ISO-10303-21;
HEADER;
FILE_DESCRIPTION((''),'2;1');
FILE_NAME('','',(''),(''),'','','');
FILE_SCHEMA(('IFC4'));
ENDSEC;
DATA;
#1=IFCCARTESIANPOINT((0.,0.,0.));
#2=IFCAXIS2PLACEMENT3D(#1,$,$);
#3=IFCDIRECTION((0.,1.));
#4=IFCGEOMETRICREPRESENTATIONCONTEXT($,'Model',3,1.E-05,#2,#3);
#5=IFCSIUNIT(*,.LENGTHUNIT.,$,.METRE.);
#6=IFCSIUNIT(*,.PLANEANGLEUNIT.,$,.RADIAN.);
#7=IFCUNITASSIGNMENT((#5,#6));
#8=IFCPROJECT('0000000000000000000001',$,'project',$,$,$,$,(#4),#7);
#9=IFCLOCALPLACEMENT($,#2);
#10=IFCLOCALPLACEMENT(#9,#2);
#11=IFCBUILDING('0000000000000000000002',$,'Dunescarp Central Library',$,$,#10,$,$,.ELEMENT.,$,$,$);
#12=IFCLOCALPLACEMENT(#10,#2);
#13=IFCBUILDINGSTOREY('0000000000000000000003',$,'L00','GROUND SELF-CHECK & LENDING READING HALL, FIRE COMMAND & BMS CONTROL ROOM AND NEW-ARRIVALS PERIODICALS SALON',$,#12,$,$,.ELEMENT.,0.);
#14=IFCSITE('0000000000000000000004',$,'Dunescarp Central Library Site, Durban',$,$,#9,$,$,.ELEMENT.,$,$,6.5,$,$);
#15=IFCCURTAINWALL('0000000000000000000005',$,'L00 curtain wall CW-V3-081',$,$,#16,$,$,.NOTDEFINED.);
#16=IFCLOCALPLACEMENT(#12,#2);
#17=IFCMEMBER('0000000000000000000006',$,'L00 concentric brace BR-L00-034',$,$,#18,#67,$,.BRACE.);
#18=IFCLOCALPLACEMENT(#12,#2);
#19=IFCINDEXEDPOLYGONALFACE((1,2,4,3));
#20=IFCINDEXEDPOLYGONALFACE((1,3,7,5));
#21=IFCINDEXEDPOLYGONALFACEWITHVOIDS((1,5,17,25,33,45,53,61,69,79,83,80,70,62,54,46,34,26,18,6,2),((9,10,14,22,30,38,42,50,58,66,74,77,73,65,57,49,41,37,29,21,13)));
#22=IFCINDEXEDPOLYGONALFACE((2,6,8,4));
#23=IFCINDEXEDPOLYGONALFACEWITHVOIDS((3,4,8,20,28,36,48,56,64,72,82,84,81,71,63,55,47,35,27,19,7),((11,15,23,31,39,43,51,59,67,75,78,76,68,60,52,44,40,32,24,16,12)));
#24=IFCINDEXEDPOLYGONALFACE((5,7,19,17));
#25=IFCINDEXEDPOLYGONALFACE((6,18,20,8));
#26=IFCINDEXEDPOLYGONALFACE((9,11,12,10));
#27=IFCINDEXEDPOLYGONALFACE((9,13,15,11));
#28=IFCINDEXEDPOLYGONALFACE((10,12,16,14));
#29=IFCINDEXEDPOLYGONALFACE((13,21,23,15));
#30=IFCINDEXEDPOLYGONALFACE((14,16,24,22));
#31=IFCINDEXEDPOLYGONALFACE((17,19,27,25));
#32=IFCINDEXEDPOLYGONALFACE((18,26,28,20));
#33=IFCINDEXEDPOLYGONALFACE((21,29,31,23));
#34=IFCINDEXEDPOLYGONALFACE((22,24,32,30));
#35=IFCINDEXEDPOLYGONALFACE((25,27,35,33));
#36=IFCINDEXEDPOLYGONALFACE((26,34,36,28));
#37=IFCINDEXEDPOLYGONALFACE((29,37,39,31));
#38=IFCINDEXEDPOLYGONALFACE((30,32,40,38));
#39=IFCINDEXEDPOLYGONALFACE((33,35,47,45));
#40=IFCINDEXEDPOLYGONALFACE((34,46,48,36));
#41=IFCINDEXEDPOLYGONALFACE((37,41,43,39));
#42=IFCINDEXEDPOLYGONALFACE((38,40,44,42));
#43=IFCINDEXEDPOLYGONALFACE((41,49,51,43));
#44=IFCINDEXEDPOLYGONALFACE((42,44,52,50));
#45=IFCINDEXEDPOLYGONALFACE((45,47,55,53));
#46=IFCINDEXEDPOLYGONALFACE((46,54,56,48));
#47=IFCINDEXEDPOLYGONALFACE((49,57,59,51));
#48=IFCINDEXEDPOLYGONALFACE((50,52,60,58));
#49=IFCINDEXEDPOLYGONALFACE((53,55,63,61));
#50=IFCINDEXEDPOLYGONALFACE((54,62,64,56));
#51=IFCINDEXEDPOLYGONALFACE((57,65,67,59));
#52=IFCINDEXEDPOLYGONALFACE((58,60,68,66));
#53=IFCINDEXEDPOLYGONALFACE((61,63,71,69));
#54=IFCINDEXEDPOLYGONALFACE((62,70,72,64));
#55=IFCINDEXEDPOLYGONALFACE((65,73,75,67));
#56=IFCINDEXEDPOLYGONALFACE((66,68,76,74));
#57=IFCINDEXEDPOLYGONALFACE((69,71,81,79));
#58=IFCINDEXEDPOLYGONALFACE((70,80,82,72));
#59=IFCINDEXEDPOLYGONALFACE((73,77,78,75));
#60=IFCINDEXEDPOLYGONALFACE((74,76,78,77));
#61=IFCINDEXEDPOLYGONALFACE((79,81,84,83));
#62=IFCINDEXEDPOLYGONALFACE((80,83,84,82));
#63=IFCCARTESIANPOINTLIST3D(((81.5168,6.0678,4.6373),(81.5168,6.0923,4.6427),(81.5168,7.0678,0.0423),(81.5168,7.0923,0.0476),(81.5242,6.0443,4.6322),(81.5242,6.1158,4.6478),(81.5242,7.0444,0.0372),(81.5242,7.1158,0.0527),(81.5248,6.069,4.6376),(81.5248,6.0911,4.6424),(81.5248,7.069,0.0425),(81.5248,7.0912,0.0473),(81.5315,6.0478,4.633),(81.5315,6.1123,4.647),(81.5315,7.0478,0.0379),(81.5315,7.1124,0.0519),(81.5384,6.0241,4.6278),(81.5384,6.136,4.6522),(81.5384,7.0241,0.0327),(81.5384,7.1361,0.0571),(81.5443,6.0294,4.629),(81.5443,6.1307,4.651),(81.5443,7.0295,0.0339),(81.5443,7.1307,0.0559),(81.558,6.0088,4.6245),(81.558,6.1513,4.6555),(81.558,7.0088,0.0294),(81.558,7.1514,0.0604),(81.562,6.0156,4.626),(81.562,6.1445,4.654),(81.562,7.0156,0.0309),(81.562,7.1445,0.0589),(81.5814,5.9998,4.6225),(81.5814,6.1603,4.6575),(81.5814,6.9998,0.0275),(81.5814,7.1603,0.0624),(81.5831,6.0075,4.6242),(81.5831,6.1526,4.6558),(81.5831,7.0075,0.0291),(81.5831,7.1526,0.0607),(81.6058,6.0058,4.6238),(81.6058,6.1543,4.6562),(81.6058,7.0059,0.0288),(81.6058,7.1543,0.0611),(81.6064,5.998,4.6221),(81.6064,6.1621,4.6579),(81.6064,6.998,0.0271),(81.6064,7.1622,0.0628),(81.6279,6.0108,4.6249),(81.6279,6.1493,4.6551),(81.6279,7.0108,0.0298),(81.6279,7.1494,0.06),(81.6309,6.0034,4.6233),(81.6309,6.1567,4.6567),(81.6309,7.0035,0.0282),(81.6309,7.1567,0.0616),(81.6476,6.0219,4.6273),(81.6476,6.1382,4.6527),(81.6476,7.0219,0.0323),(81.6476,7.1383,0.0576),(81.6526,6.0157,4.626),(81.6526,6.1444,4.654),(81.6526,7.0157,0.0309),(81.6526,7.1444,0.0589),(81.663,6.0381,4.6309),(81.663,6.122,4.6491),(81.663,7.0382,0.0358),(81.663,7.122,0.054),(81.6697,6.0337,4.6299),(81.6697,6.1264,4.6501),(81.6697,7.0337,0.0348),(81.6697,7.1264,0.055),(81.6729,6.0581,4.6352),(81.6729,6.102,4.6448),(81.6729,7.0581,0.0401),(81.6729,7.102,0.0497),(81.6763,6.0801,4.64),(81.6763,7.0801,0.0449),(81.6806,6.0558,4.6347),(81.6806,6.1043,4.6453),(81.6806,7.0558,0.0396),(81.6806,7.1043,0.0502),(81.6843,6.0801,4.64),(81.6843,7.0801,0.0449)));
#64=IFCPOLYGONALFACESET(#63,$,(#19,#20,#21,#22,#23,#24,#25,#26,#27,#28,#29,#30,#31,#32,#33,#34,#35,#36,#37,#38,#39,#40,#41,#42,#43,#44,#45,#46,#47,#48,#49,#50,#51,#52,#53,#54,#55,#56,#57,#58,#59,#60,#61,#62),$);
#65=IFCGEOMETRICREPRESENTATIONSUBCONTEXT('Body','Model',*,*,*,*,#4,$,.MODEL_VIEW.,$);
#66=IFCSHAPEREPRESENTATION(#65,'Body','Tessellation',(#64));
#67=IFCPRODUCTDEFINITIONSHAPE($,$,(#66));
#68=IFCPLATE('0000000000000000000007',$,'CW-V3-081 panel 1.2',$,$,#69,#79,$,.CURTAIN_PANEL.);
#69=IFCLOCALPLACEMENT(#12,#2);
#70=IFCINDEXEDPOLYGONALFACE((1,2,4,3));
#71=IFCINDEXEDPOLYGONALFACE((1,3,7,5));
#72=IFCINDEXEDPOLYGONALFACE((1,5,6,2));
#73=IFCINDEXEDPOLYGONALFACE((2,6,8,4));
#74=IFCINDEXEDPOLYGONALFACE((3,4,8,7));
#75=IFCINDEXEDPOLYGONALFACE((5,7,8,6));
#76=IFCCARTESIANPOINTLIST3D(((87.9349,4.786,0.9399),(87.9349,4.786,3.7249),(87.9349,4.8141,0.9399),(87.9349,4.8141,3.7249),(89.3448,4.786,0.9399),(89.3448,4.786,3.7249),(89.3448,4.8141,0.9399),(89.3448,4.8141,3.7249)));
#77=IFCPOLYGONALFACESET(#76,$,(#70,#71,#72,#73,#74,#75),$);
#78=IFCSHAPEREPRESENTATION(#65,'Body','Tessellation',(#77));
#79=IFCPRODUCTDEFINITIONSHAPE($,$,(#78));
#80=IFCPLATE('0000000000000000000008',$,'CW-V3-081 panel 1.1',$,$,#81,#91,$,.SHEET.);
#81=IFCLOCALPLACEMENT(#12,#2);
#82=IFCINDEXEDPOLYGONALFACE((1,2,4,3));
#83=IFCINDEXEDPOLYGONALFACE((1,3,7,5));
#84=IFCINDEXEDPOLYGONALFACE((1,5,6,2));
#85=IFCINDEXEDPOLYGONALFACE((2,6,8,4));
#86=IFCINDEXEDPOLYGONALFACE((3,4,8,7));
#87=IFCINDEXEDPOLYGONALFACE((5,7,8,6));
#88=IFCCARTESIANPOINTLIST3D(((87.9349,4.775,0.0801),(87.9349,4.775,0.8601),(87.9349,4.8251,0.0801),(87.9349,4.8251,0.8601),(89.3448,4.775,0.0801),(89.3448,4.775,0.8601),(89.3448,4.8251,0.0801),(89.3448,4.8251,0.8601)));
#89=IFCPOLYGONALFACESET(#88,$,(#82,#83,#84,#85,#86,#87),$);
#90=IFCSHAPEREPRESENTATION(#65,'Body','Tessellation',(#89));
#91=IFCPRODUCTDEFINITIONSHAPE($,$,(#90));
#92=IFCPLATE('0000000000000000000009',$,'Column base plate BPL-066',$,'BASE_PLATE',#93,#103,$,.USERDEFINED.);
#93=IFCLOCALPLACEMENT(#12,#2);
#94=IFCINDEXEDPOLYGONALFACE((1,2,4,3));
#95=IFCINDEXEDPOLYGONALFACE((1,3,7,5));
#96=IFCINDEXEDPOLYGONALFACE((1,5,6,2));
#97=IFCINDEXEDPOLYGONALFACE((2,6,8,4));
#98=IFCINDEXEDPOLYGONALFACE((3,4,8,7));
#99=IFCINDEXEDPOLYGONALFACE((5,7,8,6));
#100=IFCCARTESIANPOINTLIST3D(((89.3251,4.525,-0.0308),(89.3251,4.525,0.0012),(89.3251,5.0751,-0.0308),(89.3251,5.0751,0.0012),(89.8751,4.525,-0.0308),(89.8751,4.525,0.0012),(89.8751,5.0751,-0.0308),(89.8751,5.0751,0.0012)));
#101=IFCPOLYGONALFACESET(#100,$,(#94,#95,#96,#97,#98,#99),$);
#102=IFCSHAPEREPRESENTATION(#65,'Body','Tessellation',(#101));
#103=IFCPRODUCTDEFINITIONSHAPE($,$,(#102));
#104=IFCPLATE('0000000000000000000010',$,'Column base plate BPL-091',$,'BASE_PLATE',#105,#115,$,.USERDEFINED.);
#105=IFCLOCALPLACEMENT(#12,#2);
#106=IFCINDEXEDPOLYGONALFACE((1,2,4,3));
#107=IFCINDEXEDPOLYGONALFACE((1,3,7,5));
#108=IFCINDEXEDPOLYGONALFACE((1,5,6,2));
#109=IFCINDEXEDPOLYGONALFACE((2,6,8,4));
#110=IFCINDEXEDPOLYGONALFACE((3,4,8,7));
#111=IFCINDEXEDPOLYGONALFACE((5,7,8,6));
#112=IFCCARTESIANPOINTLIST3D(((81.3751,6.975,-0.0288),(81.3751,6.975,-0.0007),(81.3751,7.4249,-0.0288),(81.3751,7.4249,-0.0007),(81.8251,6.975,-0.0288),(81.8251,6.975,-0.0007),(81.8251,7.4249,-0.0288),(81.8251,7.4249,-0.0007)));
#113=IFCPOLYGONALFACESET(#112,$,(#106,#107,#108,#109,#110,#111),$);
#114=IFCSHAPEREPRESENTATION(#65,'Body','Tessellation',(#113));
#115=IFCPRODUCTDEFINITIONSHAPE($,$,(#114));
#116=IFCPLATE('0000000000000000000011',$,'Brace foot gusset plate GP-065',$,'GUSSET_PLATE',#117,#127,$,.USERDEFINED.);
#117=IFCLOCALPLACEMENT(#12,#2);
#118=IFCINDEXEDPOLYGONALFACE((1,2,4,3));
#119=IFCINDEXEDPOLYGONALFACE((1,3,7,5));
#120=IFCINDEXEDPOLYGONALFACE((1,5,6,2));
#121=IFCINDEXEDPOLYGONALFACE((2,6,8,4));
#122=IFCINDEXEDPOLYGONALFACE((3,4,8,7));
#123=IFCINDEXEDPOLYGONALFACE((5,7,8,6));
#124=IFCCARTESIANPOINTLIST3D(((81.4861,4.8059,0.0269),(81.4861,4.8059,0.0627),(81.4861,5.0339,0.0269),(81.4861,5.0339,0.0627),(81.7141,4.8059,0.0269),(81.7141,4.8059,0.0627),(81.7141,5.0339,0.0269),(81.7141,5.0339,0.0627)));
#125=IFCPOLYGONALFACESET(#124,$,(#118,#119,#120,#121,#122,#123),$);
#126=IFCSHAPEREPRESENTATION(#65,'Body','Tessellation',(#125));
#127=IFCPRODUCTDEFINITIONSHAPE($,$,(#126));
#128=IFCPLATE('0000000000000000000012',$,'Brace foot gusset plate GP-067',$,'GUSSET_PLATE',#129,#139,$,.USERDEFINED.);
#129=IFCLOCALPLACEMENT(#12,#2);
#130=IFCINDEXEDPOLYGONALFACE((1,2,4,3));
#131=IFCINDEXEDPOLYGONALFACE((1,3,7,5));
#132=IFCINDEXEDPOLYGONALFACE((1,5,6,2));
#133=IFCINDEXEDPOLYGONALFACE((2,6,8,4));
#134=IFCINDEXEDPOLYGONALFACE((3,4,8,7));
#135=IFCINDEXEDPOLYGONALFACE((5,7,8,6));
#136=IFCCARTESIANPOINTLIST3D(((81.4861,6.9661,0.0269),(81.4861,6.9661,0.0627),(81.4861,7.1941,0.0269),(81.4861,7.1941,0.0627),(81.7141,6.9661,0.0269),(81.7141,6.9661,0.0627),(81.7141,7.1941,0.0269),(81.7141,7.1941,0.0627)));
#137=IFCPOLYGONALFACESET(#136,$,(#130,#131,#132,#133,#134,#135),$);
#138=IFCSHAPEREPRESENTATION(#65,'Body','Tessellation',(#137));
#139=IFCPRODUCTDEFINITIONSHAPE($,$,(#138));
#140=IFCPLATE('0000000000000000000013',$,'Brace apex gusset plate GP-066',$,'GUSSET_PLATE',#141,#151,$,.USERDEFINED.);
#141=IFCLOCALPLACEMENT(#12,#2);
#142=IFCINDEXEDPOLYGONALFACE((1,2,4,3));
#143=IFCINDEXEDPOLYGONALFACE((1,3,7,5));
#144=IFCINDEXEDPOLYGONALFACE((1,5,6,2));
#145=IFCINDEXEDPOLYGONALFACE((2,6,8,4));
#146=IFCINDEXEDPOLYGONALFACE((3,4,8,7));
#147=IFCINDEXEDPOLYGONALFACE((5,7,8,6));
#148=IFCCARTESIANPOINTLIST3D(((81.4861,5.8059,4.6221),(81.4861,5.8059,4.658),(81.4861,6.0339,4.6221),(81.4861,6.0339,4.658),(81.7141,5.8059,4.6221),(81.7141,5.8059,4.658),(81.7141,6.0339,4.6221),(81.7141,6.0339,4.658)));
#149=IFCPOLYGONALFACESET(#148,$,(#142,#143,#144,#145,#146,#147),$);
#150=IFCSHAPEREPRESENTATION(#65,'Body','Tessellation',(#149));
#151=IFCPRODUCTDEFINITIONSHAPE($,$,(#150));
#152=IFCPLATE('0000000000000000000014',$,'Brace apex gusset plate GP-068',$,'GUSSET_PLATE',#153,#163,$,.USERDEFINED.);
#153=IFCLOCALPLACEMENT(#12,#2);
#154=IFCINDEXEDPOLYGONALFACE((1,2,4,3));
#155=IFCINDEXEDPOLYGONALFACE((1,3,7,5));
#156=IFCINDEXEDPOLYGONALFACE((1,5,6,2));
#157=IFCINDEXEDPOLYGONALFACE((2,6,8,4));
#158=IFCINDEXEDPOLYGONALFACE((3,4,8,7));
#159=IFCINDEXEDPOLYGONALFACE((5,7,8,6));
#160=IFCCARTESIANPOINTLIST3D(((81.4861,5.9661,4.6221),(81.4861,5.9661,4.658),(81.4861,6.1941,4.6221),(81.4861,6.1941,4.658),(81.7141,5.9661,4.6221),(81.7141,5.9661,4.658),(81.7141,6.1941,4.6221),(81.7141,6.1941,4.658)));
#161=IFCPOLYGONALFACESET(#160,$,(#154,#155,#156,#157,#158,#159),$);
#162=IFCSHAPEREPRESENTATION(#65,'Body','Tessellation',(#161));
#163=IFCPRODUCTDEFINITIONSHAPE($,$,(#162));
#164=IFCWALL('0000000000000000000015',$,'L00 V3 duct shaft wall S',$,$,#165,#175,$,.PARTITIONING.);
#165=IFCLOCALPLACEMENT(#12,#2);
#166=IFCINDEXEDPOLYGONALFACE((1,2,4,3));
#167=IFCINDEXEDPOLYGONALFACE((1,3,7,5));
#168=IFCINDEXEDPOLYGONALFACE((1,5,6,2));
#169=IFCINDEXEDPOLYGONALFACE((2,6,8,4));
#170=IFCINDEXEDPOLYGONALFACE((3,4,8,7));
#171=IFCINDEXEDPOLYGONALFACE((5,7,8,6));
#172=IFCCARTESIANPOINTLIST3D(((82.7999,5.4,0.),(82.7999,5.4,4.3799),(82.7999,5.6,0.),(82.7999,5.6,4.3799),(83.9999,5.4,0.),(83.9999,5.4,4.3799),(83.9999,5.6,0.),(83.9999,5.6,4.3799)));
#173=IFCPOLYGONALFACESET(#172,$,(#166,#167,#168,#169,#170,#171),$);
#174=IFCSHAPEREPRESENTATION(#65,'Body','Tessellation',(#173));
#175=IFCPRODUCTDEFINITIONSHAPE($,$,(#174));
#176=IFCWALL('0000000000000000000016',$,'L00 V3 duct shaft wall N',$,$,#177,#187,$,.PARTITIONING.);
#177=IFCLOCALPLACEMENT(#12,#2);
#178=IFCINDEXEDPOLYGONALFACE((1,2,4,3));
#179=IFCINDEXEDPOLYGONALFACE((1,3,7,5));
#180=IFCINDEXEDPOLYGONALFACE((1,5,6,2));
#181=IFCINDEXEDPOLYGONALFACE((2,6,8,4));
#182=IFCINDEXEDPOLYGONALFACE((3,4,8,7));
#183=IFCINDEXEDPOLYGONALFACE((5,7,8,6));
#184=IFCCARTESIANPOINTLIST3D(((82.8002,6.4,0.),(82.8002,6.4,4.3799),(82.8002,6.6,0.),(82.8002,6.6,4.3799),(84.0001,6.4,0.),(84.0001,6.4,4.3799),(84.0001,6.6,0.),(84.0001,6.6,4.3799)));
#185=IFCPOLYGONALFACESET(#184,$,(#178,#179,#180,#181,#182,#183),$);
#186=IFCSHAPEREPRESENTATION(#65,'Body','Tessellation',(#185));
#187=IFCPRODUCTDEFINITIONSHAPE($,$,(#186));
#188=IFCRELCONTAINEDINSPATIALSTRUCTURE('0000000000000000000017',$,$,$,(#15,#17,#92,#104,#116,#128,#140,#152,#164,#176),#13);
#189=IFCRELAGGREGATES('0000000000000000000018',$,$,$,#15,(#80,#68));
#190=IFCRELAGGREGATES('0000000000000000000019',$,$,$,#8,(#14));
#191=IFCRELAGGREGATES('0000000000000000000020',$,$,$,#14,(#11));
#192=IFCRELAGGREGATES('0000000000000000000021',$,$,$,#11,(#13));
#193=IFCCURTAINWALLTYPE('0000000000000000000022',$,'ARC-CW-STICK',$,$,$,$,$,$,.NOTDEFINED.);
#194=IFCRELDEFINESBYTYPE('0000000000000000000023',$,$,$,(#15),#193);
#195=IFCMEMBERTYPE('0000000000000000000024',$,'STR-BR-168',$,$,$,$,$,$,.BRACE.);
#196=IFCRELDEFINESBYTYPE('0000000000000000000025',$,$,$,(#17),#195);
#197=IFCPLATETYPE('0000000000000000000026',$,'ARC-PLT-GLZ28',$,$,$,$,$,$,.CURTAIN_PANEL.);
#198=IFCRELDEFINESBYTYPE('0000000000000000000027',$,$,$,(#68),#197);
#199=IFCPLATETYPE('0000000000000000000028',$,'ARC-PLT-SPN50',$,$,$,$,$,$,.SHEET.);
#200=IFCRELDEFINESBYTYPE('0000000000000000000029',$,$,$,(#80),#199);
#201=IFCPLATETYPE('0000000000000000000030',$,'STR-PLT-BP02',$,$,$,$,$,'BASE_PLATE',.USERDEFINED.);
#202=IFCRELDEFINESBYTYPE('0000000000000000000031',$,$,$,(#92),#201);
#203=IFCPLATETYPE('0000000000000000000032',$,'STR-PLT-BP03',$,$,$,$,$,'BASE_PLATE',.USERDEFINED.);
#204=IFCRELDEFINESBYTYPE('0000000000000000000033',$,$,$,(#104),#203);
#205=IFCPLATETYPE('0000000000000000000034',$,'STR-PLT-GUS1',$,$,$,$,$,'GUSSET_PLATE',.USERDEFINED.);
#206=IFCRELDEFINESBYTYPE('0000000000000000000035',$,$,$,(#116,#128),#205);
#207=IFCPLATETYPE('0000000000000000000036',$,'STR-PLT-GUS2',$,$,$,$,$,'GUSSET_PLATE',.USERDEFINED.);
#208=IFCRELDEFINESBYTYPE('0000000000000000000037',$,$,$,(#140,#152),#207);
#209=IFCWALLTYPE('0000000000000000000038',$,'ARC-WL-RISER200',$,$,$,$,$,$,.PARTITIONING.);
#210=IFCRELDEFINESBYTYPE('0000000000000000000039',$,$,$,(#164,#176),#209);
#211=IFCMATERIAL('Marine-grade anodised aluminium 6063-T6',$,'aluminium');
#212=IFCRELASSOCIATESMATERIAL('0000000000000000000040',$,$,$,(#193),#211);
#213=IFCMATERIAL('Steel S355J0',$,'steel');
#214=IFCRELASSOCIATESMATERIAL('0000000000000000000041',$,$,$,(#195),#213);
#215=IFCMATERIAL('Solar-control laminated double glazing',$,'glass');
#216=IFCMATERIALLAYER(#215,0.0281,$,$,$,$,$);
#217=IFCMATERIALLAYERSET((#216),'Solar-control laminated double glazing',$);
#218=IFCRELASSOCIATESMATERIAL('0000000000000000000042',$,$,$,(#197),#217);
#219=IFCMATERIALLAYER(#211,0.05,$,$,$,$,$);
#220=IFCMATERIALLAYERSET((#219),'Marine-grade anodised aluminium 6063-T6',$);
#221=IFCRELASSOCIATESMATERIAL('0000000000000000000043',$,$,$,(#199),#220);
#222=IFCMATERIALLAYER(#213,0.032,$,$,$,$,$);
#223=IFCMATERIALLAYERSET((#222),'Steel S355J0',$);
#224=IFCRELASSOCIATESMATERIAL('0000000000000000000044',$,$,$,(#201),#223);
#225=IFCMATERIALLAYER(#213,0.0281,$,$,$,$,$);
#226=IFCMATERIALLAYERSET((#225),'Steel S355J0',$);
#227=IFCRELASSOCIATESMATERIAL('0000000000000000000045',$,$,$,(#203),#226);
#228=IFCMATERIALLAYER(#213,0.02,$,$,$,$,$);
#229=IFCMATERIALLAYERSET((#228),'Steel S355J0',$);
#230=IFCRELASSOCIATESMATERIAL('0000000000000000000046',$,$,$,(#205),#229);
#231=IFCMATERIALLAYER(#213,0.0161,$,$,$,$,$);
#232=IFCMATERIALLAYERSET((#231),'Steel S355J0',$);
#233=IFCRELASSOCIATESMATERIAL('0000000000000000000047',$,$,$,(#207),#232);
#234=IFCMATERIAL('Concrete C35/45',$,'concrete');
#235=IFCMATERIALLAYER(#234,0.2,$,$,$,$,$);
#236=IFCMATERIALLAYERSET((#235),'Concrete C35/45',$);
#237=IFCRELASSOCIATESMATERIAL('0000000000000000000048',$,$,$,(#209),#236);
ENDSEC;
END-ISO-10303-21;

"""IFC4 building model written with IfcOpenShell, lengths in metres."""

from ifc_helpers import new_model, si_unit, direction, frame, frame_2d, origin, origin_2d, place, context, subcontext, project, spatial, rectangle, hollow_circle, extrude, material, layer, layer_set, material_profile, profile_set, type_object, element, aggregate, save


model = new_model("IFC4")

# Units and contexts
model_context = context("Model", 3, precision=1e-05, world=origin(), true_north=direction((0.0, 1.0)))
body_context = subcontext(model_context, "Body", "Model", "MODEL_VIEW")
ifc_project = project(units=[si_unit("LENGTHUNIT", "METRE"), si_unit("PLANEANGLEUNIT", "RADIAN")], contexts=[model_context])

# Site, building, storey
site_placement = place(None, origin())
site = spatial("IfcSite", under=ifc_project, at=site_placement, Name="Dunescarp Central Library Site, Durban", CompositionType="ELEMENT", RefElevation=6.5)
building_placement = place(site_placement, origin())
building = spatial("IfcBuilding", under=site, at=building_placement, Name="Dunescarp Central Library", CompositionType="ELEMENT")
storey_placement = place(building_placement, origin())
storey = spatial("IfcBuildingStorey", under=building, at=storey_placement, Name="L00", Description="GROUND SELF-CHECK & LENDING READING HALL, FIRE COMMAND & BMS CONTROL ROOM AND NEW-ARRIVALS PERIODICALS SALON", CompositionType="ELEMENT", Elevation=0.0)

# Curtain wall
ifc_material_1 = material(Name="Marine-grade anodised aluminium 6063-T6", Category="aluminium")
curtain_wall_type = type_object("IfcCurtainWallType", Name="ARC-CW-STICK", PredefinedType="NOTDEFINED", material=ifc_material_1)
curtain_wall_placement = place(storey_placement, origin())
curtain_wall = element("IfcCurtainWall", 1, at=curtain_wall_placement, inside=storey, type_object=curtain_wall_type, Name="L00 curtain wall CW-V3-081", PredefinedType="NOTDEFINED")

# Member
ifc_material_2 = material(Name="Steel S355J0", Category="steel")
ifc_material_profile_1 = material_profile(ifc_material_2, hollow_circle(Radius=0.0842, WallThickness=0.0081, at=origin_2d()), Name="CHS 168.3x8")
ifc_profile_set_1 = profile_set([ifc_material_profile_1], Name="Steel S355J0")
member_type_1 = type_object("IfcMemberType", Name="STR-BR-168", PredefinedType="BRACE", material=ifc_profile_set_1)
for number, where, z_axis, x_axis, name in (
    (2, (81.6001, 7.0801, 0.0449), (0.0, -0.212652, 0.977128), (1.0, 0.0, 0.0), "L00 concentric brace BR-L00-034"),
):
    element("IfcMember", number, at=place(storey_placement, frame(where, z_axis=z_axis, x_axis=x_axis)), inside=storey, type_object=member_type_1, Name=name, PredefinedType="BRACE", context=body_context, shape_type="SweptSolid", body=[
        extrude(hollow_circle(Radius=0.0842, WallThickness=0.0081, at=origin_2d()), origin(), (0.0, 0.0, 1.0), 4.7026),
    ])

# Plates
ifc_material_3 = material(Name="Solar-control laminated double glazing", Category="glass")
ifc_layer_1 = layer(ifc_material_3, 0.0281)
ifc_layer_set_1 = layer_set([ifc_layer_1], Name="Solar-control laminated double glazing")
plate_type_1 = type_object("IfcPlateType", Name="ARC-PLT-GLZ28", PredefinedType="CURTAIN_PANEL", material=ifc_layer_set_1)
plate_1_placement = place(storey_placement, frame((88.6399, 4.8, 0.9399), z_axis=(0.0, 0.0, 1.0), x_axis=(-1.0, 0.0, 0.0)))
plate_1 = element("IfcPlate", 3, at=plate_1_placement, type_object=plate_type_1, Name="CW-V3-081 panel 1.2", PredefinedType="CURTAIN_PANEL", context=body_context, shape_type="SweptSolid", body=[
    extrude(rectangle(XDim=1.4099, YDim=0.0281, at=origin_2d()), origin(), (0.0, 0.0, 1.0), 2.7849),
])
ifc_layer_2 = layer(ifc_material_1, 0.05)
ifc_layer_set_2 = layer_set([ifc_layer_2], Name="Marine-grade anodised aluminium 6063-T6")
plate_type_2 = type_object("IfcPlateType", Name="ARC-PLT-SPN50", PredefinedType="SHEET", material=ifc_layer_set_2)
plate_2_placement = place(storey_placement, frame((88.6399, 4.8, 0.0801), z_axis=(0.0, 0.0, 1.0), x_axis=(-1.0, 0.0, 0.0)))
plate_2 = element("IfcPlate", 4, at=plate_2_placement, type_object=plate_type_2, Name="CW-V3-081 panel 1.1", PredefinedType="SHEET", context=body_context, shape_type="SweptSolid", body=[
    extrude(rectangle(XDim=1.4099, YDim=0.05, at=origin_2d()), origin(), (0.0, 0.0, 1.0), 0.78),
])
aggregate(curtain_wall, [plate_2, plate_1])

# Plates
ifc_layer_3 = layer(ifc_material_2, 0.032)
ifc_layer_set_3 = layer_set([ifc_layer_3], Name="Steel S355J0")
plate_type_3 = type_object("IfcPlateType", Name="STR-PLT-BP02", ElementType="BASE_PLATE", PredefinedType="USERDEFINED", material=ifc_layer_set_3)
plate_3_placement = place(storey_placement, frame((89.6001, 4.8, -0.0308), z_axis=(0.0, 0.0, 1.0), x_axis=(1.0, 0.0, 0.0)))
element("IfcPlate", 5, at=plate_3_placement, inside=storey, type_object=plate_type_3, Name="Column base plate BPL-066", ObjectType="BASE_PLATE", PredefinedType="USERDEFINED", context=body_context, shape_type="SweptSolid", body=[
    extrude(rectangle(XDim=0.55, YDim=0.55, at=origin_2d()), origin(), (0.0, 0.0, 1.0), 0.032),
])
ifc_layer_4 = layer(ifc_material_2, 0.0281)
ifc_layer_set_4 = layer_set([ifc_layer_4], Name="Steel S355J0")
plate_type_4 = type_object("IfcPlateType", Name="STR-PLT-BP03", ElementType="BASE_PLATE", PredefinedType="USERDEFINED", material=ifc_layer_set_4)
plate_4_placement = place(storey_placement, frame((81.6001, 7.2, -0.0288), z_axis=(0.0, 0.0, 1.0), x_axis=(1.0, 0.0, 0.0)))
element("IfcPlate", 6, at=plate_4_placement, inside=storey, type_object=plate_type_4, Name="Column base plate BPL-091", ObjectType="BASE_PLATE", PredefinedType="USERDEFINED", context=body_context, shape_type="SweptSolid", body=[
    extrude(rectangle(XDim=0.45, YDim=0.45, at=origin_2d()), origin(), (0.0, 0.0, 1.0), 0.0281),
])
ifc_layer_5 = layer(ifc_material_2, 0.02)
ifc_layer_set_5 = layer_set([ifc_layer_5], Name="Steel S355J0")
plate_type_5 = type_object("IfcPlateType", Name="STR-PLT-GUS1", ElementType="GUSSET_PLATE", PredefinedType="USERDEFINED", material=ifc_layer_set_5)
for number, where, z_axis, x_axis, name in (
    (7, (81.6001, 4.9199, 0.0269), (0.0, 0.0, 1.0), (1.0, 0.0, 0.0), "Brace foot gusset plate GP-065"),
    (8, (81.6001, 7.0801, 0.0269), (0.0, 0.0, 1.0), (1.0, 0.0, 0.0), "Brace foot gusset plate GP-067"),
):
    element("IfcPlate", number, at=place(storey_placement, frame(where, z_axis=z_axis, x_axis=x_axis)), inside=storey, type_object=plate_type_5, Name=name, ObjectType="GUSSET_PLATE", PredefinedType="USERDEFINED", context=body_context, shape_type="SweptSolid", body=[
        extrude(rectangle(XDim=0.228, YDim=0.228, at=origin_2d()), origin(), (0.0, 0.0, 1.0), 0.0359),
    ])
ifc_layer_6 = layer(ifc_material_2, 0.0161)
ifc_layer_set_6 = layer_set([ifc_layer_6], Name="Steel S355J0")
plate_type_6 = type_object("IfcPlateType", Name="STR-PLT-GUS2", ElementType="GUSSET_PLATE", PredefinedType="USERDEFINED", material=ifc_layer_set_6)
for number, where, z_axis, x_axis, name in (
    (9, (81.6001, 5.9199, 4.6221), (0.0, 0.0, 1.0), (1.0, 0.0, 0.0), "Brace apex gusset plate GP-066"),
    (10, (81.6001, 6.0801, 4.6221), (0.0, 0.0, 1.0), (1.0, 0.0, 0.0), "Brace apex gusset plate GP-068"),
):
    element("IfcPlate", number, at=place(storey_placement, frame(where, z_axis=z_axis, x_axis=x_axis)), inside=storey, type_object=plate_type_6, Name=name, ObjectType="GUSSET_PLATE", PredefinedType="USERDEFINED", context=body_context, shape_type="SweptSolid", body=[
        extrude(rectangle(XDim=0.228, YDim=0.228, at=origin_2d()), origin(), (0.0, 0.0, 1.0), 0.0359),
    ])

# Walls
ifc_material_4 = material(Name="Concrete C35/45", Category="concrete")
ifc_layer_7 = layer(ifc_material_4, 0.2)
ifc_layer_set_7 = layer_set([ifc_layer_7], Name="Concrete C35/45")
wall_type_1 = type_object("IfcWallType", Name="ARC-WL-RISER200", PredefinedType="PARTITIONING", material=ifc_layer_set_7)
for number, where, z_axis, x_axis, name in (
    (11, (84.0, 5.5, 0.0), (0.0, 0.0, 1.0), (-1.0, 0.0, 0.0), "L00 V3 duct shaft wall S"),
    (12, (82.8, 6.5, 0.0), (0.0, 0.0, 1.0), (1.0, 0.0, 0.0), "L00 V3 duct shaft wall N"),
):
    element("IfcWall", number, at=place(storey_placement, frame(where, z_axis=z_axis, x_axis=x_axis)), inside=storey, type_object=wall_type_1, Name=name, PredefinedType="PARTITIONING", context=body_context, shape_type="SweptSolid", body=[
        extrude(rectangle(XDim=1.2, YDim=0.2, at=frame_2d((0.6001, 0.0))), origin(), (0.0, 0.0, 1.0), 4.3799),
    ])

save(model, "model.ifc")
